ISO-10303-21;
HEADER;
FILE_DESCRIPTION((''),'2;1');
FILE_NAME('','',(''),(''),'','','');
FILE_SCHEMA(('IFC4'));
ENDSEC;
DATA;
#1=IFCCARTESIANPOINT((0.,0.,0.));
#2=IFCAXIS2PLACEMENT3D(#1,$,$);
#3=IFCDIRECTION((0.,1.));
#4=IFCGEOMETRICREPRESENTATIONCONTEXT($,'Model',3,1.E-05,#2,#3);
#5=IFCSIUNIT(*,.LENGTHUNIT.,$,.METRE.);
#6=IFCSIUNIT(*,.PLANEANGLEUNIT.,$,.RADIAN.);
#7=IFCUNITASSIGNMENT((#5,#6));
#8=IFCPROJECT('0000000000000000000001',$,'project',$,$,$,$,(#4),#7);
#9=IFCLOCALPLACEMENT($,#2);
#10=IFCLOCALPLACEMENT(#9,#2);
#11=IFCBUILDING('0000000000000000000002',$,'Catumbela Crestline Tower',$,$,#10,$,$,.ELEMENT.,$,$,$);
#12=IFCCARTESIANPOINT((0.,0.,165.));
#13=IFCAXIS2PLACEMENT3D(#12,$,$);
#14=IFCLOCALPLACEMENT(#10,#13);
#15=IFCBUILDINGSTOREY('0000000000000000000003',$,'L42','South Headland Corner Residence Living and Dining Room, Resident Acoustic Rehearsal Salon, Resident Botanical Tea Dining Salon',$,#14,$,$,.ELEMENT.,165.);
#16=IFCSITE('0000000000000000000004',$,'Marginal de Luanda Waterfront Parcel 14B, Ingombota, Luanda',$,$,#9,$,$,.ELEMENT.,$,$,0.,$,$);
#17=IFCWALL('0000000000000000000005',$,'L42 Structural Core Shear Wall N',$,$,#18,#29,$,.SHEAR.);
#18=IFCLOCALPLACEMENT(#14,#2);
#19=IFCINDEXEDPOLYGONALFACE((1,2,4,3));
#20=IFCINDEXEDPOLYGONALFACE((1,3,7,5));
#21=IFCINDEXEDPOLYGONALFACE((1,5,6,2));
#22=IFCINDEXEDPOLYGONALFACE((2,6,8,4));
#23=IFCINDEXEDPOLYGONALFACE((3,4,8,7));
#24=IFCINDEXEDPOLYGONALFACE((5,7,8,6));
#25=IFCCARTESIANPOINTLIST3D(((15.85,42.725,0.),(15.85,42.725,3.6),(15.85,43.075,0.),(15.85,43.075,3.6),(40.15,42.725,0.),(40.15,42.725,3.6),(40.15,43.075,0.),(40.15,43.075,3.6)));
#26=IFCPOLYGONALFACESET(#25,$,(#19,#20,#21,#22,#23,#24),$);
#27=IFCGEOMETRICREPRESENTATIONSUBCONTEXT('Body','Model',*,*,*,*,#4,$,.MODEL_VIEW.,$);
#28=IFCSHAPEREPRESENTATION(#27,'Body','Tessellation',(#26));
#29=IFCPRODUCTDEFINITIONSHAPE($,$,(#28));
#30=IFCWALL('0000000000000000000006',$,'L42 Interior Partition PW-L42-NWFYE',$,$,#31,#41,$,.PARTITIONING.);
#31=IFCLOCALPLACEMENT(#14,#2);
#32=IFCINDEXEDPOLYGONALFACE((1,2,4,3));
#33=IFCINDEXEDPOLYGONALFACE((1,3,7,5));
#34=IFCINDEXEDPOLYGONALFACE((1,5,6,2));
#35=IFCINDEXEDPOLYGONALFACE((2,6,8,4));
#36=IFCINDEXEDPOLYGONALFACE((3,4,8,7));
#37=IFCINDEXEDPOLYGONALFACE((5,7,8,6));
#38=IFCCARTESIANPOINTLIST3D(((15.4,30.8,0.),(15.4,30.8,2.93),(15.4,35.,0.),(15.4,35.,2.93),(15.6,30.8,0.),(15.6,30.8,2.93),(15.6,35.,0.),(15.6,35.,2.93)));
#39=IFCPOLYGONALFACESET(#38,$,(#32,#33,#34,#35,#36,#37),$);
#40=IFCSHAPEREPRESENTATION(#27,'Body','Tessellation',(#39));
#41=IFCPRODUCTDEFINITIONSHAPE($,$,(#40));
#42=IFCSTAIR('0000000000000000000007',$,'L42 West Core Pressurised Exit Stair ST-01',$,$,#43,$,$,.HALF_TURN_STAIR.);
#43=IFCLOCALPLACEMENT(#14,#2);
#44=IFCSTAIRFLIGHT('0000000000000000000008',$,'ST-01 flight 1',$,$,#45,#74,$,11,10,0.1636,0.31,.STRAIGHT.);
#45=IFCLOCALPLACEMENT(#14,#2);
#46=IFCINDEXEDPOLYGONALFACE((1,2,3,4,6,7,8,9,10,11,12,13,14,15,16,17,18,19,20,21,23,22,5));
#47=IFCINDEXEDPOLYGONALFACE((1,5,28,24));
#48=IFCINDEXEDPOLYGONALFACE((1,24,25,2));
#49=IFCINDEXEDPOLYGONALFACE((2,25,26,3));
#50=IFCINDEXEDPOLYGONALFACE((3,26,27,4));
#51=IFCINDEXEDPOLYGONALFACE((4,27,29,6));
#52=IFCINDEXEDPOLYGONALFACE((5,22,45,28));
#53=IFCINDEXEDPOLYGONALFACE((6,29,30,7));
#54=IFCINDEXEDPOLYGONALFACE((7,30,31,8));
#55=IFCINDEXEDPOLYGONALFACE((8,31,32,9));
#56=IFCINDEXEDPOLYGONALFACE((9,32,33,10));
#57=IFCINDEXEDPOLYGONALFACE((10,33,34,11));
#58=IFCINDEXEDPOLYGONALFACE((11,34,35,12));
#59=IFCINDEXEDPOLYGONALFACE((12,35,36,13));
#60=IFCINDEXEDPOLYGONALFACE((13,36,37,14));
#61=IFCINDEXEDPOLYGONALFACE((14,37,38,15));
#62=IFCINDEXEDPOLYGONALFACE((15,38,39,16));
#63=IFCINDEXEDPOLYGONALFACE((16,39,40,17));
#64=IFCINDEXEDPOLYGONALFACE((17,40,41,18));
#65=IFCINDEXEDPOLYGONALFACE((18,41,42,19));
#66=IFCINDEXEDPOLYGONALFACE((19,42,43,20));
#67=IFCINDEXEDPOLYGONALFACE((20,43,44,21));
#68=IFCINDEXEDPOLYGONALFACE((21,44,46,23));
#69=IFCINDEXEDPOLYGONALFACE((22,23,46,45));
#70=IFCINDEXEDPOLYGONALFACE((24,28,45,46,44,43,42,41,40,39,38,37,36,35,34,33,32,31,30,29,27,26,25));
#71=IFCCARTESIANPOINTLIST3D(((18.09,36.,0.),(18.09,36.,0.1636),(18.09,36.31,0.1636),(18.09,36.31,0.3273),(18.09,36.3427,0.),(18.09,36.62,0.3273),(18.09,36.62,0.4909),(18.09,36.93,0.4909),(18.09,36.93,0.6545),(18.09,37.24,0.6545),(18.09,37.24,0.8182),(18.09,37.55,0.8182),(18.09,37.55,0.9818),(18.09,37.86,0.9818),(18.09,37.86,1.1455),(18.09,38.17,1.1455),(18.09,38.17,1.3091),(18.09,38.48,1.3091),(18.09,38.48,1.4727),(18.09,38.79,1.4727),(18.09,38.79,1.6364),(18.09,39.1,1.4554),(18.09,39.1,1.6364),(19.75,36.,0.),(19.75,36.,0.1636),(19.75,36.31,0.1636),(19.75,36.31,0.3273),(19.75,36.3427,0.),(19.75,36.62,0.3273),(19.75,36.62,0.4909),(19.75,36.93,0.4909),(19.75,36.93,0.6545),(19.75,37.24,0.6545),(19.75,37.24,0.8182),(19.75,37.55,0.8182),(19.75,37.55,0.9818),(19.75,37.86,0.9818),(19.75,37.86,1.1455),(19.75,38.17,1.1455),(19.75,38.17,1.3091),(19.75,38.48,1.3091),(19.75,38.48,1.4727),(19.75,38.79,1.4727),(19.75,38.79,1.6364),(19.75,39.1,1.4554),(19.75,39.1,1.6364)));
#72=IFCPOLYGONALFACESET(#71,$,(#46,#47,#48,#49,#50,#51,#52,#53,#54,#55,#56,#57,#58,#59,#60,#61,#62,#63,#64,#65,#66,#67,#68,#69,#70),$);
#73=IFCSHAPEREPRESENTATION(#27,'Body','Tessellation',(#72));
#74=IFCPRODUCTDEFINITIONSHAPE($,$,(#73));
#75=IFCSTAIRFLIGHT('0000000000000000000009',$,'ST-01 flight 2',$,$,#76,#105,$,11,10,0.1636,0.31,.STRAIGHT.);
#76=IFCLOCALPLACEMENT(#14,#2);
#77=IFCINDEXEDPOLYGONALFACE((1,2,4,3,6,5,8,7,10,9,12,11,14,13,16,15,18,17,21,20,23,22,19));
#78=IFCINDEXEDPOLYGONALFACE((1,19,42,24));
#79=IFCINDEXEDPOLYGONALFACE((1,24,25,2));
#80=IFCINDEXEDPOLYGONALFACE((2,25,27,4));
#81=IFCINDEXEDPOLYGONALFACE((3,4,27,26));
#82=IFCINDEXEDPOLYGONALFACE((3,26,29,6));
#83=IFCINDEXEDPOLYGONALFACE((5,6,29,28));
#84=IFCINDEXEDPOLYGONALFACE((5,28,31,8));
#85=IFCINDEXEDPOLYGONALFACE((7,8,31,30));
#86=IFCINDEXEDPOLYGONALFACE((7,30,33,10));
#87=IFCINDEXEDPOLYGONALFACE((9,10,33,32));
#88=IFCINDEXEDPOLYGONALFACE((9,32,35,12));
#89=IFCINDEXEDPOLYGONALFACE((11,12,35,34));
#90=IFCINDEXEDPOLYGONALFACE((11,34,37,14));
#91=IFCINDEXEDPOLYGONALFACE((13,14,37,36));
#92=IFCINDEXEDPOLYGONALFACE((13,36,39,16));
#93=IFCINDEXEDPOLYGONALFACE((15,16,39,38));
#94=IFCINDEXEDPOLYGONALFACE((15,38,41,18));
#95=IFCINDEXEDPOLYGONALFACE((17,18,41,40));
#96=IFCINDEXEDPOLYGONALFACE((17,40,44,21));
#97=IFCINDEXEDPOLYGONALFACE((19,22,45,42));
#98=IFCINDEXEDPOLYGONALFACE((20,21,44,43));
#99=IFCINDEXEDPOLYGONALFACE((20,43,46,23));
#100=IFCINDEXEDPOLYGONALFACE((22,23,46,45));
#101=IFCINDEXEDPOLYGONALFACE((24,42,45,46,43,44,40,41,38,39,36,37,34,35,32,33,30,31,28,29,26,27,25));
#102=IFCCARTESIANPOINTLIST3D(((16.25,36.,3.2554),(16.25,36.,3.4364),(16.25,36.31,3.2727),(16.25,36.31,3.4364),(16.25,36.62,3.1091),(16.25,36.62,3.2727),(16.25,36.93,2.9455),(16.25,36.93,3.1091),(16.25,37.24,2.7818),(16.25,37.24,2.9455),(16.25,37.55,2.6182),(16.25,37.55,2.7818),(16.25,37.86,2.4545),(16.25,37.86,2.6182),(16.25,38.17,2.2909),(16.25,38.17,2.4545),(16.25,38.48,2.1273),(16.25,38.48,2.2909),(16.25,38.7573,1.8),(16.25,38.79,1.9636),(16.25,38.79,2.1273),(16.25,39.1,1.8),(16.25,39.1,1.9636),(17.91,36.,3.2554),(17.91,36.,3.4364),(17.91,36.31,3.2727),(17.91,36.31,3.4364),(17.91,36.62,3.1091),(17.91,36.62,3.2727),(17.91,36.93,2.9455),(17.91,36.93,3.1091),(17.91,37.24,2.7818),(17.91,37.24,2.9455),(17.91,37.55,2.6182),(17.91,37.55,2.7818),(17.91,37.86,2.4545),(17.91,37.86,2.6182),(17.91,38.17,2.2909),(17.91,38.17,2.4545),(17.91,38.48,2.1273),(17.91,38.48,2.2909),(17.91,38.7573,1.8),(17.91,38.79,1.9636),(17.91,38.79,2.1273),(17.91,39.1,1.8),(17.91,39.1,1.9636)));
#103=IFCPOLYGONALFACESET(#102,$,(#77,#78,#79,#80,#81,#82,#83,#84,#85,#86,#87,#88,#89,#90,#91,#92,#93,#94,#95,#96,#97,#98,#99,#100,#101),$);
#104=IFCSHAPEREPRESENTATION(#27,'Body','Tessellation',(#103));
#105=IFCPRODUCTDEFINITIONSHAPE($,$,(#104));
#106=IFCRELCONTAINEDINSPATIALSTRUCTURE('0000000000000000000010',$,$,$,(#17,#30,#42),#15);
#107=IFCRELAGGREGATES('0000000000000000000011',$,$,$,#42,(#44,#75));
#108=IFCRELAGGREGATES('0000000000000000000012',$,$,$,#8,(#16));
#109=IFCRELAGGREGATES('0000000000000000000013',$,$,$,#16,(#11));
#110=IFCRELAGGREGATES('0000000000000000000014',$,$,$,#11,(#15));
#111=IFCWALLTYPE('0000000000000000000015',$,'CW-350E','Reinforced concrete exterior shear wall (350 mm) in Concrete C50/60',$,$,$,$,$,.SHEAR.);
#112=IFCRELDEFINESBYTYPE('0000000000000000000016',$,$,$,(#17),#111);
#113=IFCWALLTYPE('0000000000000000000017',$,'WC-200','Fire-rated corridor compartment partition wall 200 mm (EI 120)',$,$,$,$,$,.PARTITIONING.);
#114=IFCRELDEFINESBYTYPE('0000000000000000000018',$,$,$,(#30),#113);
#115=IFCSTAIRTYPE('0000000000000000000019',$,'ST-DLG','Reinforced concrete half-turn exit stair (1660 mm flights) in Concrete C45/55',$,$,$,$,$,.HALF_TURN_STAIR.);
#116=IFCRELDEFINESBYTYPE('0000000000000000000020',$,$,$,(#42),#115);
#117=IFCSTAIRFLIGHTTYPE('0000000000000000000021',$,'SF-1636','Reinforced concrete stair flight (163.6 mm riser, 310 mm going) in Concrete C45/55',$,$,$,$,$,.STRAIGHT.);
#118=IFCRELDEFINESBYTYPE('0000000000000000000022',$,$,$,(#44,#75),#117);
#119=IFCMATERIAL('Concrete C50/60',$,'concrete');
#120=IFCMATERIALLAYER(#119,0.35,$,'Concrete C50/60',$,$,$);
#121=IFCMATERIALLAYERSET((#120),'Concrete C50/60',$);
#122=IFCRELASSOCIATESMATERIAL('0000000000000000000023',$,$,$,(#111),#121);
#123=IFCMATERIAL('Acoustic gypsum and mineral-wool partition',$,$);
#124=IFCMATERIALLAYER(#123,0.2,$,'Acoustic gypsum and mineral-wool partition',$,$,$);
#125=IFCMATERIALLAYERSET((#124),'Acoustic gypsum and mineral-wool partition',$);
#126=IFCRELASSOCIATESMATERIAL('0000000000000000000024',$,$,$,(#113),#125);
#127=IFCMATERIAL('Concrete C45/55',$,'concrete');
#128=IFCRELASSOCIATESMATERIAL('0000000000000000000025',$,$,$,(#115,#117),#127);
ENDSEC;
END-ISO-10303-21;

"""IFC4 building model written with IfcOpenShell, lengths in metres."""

from ifc_helpers import new_model, si_unit, direction, frame, frame_2d, origin, place, context, subcontext, project, spatial, polyline, rectangle, outline, extrude, material, layer, layer_set, type_object, element, aggregate, save


model = new_model("IFC4")

# Units and contexts
model_context = context("Model", 3, precision=1e-05, world=origin(), true_north=direction((0.0, 1.0)))
body_context = subcontext(model_context, "Body", "Model", "MODEL_VIEW")
ifc_project = project(units=[si_unit("LENGTHUNIT", "METRE"), si_unit("PLANEANGLEUNIT", "RADIAN")], contexts=[model_context])

# Site, building, storey
site_placement = place(None, origin())
site = spatial("IfcSite", under=ifc_project, at=site_placement, Name="Marginal de Luanda Waterfront Parcel 14B, Ingombota, Luanda", CompositionType="ELEMENT", RefElevation=0.0)
building_placement = place(site_placement, origin())
building = spatial("IfcBuilding", under=site, at=building_placement, Name="Catumbela Crestline Tower", CompositionType="ELEMENT")
storey_placement = place(building_placement, frame((0.0, 0.0, 165.0)))
storey = spatial("IfcBuildingStorey", under=building, at=storey_placement, Name="L42", Description="South Headland Corner Residence Living and Dining Room, Resident Acoustic Rehearsal Salon, Resident Botanical Tea Dining Salon", CompositionType="ELEMENT", Elevation=165.0)

# Shared definitions
ifc_material_1 = material(Name="Concrete C50/60", Category="concrete")

# Walls
ifc_layer_1 = layer(ifc_material_1, 0.35, Name="Concrete C50/60")
ifc_layer_set_1 = layer_set([ifc_layer_1], Name="Concrete C50/60")
wall_type_1 = type_object("IfcWallType", Name="CW-350E", Description="Reinforced concrete exterior shear wall (350 mm) in Concrete C50/60", PredefinedType="SHEAR", material=ifc_layer_set_1)
wall_1_placement = place(storey_placement, frame((15.85, 42.9, 0.0), z_axis=(0.0, 0.0, 1.0), x_axis=(1.0, 0.0, 0.0)))
element("IfcWall", 1, at=wall_1_placement, inside=storey, type_object=wall_type_1, Name="L42 Structural Core Shear Wall N", PredefinedType="SHEAR", context=body_context, shape_type="SweptSolid", body=[
    extrude(rectangle(XDim=24.3, YDim=0.35, at=frame_2d((12.15, 0.0))), origin(), (0.0, 0.0, 1.0), 3.6),
])
ifc_material_2 = material(Name="Acoustic gypsum and mineral-wool partition")
ifc_layer_2 = layer(ifc_material_2, 0.2, Name="Acoustic gypsum and mineral-wool partition")
ifc_layer_set_2 = layer_set([ifc_layer_2], Name="Acoustic gypsum and mineral-wool partition")
wall_type_2 = type_object("IfcWallType", Name="WC-200", Description="Fire-rated corridor compartment partition wall 200 mm (EI 120)", PredefinedType="PARTITIONING", material=ifc_layer_set_2)
wall_2_placement = place(storey_placement, frame((15.5, 30.8, 0.0), z_axis=(0.0, 0.0, 1.0), x_axis=(0.0, 1.0, 0.0)))
element("IfcWall", 2, at=wall_2_placement, inside=storey, type_object=wall_type_2, Name="L42 Interior Partition PW-L42-NWFYE", PredefinedType="PARTITIONING", context=body_context, shape_type="SweptSolid", body=[
    extrude(rectangle(XDim=4.2, YDim=0.2, at=frame_2d((2.1, 0.0))), origin(), (0.0, 0.0, 1.0), 2.93),
])

# Stair, stair flights
ifc_material_3 = material(Name="Concrete C45/55", Category="concrete")
stair_type = type_object("IfcStairType", Name="ST-DLG", Description="Reinforced concrete half-turn exit stair (1660 mm flights) in Concrete C45/55", PredefinedType="HALF_TURN_STAIR", material=ifc_material_3)
stair_placement = place(storey_placement, origin())
stair = element("IfcStair", 3, at=stair_placement, inside=storey, type_object=stair_type, Name="L42 West Core Pressurised Exit Stair ST-01", PredefinedType="HALF_TURN_STAIR")
stair_flight_type = type_object("IfcStairFlightType", Name="SF-1636", Description="Reinforced concrete stair flight (163.6 mm riser, 310 mm going) in Concrete C45/55", PredefinedType="STRAIGHT", material=ifc_material_3)
stair_flight_1_placement = place(storey_placement, frame((18.92, 36.0, 0.0), z_axis=(0.0, 0.0, 1.0), x_axis=(0.0, 1.0, 0.0)))
stair_flight_1 = element("IfcStairFlight", 4, at=stair_flight_1_placement, type_object=stair_flight_type, Name="ST-01 flight 1", NumberOfRisers=11, NumberOfTreads=10, PredefinedType="STRAIGHT", RiserHeight=0.1636, TreadLength=0.31, context=body_context, shape_type="SweptSolid", body=[
    extrude(outline(polyline([(0.0, 0.0), (0.0, 0.1636), (0.31, 0.1636), (0.31, 0.3273), (0.62, 0.3273), (0.62, 0.4909), (0.93, 0.4909), (0.93, 0.6545), (1.24, 0.6545), (1.24, 0.8182), (1.55, 0.8182), (1.55, 0.9818), (1.86, 0.9818), (1.86, 1.1455), (2.17, 1.1455), (2.17, 1.3091), (2.48, 1.3091), (2.48, 1.4727), (2.79, 1.4727), (2.79, 1.6364), (3.1, 1.6364), (3.1, 1.8), (3.1, 1.4554), (0.3427, 0.0), (0.0, 0.0)])), frame((0.0, 0.83, 0.0), z_axis=(0.0, -1.0, 0.0), x_axis=(1.0, 0.0, 0.0)), (0.0, 0.0, 1.0), 1.66),
])
stair_flight_2_placement = place(storey_placement, frame((17.08, 39.1, 1.8), z_axis=(0.0, 0.0, 1.0), x_axis=(0.0, -1.0, 0.0)))
stair_flight_2 = element("IfcStairFlight", 5, at=stair_flight_2_placement, type_object=stair_flight_type, Name="ST-01 flight 2", NumberOfRisers=11, NumberOfTreads=10, PredefinedType="STRAIGHT", RiserHeight=0.1636, TreadLength=0.31, context=body_context, shape_type="SweptSolid", body=[
    extrude(outline(polyline([(0.0, 0.0), (0.0, 0.1636), (0.31, 0.1636), (0.31, 0.3273), (0.62, 0.3273), (0.62, 0.4909), (0.93, 0.4909), (0.93, 0.6545), (1.24, 0.6545), (1.24, 0.8182), (1.55, 0.8182), (1.55, 0.9818), (1.86, 0.9818), (1.86, 1.1455), (2.17, 1.1455), (2.17, 1.3091), (2.48, 1.3091), (2.48, 1.4727), (2.79, 1.4727), (2.79, 1.6364), (3.1, 1.6364), (3.1, 1.8), (3.1, 1.4554), (0.3427, 0.0), (0.0, 0.0)])), frame((0.0, 0.83, 0.0), z_axis=(0.0, -1.0, 0.0), x_axis=(1.0, 0.0, 0.0)), (0.0, 0.0, 1.0), 1.66),
])
aggregate(stair, [stair_flight_1, stair_flight_2])

save(model, "model.ifc")
